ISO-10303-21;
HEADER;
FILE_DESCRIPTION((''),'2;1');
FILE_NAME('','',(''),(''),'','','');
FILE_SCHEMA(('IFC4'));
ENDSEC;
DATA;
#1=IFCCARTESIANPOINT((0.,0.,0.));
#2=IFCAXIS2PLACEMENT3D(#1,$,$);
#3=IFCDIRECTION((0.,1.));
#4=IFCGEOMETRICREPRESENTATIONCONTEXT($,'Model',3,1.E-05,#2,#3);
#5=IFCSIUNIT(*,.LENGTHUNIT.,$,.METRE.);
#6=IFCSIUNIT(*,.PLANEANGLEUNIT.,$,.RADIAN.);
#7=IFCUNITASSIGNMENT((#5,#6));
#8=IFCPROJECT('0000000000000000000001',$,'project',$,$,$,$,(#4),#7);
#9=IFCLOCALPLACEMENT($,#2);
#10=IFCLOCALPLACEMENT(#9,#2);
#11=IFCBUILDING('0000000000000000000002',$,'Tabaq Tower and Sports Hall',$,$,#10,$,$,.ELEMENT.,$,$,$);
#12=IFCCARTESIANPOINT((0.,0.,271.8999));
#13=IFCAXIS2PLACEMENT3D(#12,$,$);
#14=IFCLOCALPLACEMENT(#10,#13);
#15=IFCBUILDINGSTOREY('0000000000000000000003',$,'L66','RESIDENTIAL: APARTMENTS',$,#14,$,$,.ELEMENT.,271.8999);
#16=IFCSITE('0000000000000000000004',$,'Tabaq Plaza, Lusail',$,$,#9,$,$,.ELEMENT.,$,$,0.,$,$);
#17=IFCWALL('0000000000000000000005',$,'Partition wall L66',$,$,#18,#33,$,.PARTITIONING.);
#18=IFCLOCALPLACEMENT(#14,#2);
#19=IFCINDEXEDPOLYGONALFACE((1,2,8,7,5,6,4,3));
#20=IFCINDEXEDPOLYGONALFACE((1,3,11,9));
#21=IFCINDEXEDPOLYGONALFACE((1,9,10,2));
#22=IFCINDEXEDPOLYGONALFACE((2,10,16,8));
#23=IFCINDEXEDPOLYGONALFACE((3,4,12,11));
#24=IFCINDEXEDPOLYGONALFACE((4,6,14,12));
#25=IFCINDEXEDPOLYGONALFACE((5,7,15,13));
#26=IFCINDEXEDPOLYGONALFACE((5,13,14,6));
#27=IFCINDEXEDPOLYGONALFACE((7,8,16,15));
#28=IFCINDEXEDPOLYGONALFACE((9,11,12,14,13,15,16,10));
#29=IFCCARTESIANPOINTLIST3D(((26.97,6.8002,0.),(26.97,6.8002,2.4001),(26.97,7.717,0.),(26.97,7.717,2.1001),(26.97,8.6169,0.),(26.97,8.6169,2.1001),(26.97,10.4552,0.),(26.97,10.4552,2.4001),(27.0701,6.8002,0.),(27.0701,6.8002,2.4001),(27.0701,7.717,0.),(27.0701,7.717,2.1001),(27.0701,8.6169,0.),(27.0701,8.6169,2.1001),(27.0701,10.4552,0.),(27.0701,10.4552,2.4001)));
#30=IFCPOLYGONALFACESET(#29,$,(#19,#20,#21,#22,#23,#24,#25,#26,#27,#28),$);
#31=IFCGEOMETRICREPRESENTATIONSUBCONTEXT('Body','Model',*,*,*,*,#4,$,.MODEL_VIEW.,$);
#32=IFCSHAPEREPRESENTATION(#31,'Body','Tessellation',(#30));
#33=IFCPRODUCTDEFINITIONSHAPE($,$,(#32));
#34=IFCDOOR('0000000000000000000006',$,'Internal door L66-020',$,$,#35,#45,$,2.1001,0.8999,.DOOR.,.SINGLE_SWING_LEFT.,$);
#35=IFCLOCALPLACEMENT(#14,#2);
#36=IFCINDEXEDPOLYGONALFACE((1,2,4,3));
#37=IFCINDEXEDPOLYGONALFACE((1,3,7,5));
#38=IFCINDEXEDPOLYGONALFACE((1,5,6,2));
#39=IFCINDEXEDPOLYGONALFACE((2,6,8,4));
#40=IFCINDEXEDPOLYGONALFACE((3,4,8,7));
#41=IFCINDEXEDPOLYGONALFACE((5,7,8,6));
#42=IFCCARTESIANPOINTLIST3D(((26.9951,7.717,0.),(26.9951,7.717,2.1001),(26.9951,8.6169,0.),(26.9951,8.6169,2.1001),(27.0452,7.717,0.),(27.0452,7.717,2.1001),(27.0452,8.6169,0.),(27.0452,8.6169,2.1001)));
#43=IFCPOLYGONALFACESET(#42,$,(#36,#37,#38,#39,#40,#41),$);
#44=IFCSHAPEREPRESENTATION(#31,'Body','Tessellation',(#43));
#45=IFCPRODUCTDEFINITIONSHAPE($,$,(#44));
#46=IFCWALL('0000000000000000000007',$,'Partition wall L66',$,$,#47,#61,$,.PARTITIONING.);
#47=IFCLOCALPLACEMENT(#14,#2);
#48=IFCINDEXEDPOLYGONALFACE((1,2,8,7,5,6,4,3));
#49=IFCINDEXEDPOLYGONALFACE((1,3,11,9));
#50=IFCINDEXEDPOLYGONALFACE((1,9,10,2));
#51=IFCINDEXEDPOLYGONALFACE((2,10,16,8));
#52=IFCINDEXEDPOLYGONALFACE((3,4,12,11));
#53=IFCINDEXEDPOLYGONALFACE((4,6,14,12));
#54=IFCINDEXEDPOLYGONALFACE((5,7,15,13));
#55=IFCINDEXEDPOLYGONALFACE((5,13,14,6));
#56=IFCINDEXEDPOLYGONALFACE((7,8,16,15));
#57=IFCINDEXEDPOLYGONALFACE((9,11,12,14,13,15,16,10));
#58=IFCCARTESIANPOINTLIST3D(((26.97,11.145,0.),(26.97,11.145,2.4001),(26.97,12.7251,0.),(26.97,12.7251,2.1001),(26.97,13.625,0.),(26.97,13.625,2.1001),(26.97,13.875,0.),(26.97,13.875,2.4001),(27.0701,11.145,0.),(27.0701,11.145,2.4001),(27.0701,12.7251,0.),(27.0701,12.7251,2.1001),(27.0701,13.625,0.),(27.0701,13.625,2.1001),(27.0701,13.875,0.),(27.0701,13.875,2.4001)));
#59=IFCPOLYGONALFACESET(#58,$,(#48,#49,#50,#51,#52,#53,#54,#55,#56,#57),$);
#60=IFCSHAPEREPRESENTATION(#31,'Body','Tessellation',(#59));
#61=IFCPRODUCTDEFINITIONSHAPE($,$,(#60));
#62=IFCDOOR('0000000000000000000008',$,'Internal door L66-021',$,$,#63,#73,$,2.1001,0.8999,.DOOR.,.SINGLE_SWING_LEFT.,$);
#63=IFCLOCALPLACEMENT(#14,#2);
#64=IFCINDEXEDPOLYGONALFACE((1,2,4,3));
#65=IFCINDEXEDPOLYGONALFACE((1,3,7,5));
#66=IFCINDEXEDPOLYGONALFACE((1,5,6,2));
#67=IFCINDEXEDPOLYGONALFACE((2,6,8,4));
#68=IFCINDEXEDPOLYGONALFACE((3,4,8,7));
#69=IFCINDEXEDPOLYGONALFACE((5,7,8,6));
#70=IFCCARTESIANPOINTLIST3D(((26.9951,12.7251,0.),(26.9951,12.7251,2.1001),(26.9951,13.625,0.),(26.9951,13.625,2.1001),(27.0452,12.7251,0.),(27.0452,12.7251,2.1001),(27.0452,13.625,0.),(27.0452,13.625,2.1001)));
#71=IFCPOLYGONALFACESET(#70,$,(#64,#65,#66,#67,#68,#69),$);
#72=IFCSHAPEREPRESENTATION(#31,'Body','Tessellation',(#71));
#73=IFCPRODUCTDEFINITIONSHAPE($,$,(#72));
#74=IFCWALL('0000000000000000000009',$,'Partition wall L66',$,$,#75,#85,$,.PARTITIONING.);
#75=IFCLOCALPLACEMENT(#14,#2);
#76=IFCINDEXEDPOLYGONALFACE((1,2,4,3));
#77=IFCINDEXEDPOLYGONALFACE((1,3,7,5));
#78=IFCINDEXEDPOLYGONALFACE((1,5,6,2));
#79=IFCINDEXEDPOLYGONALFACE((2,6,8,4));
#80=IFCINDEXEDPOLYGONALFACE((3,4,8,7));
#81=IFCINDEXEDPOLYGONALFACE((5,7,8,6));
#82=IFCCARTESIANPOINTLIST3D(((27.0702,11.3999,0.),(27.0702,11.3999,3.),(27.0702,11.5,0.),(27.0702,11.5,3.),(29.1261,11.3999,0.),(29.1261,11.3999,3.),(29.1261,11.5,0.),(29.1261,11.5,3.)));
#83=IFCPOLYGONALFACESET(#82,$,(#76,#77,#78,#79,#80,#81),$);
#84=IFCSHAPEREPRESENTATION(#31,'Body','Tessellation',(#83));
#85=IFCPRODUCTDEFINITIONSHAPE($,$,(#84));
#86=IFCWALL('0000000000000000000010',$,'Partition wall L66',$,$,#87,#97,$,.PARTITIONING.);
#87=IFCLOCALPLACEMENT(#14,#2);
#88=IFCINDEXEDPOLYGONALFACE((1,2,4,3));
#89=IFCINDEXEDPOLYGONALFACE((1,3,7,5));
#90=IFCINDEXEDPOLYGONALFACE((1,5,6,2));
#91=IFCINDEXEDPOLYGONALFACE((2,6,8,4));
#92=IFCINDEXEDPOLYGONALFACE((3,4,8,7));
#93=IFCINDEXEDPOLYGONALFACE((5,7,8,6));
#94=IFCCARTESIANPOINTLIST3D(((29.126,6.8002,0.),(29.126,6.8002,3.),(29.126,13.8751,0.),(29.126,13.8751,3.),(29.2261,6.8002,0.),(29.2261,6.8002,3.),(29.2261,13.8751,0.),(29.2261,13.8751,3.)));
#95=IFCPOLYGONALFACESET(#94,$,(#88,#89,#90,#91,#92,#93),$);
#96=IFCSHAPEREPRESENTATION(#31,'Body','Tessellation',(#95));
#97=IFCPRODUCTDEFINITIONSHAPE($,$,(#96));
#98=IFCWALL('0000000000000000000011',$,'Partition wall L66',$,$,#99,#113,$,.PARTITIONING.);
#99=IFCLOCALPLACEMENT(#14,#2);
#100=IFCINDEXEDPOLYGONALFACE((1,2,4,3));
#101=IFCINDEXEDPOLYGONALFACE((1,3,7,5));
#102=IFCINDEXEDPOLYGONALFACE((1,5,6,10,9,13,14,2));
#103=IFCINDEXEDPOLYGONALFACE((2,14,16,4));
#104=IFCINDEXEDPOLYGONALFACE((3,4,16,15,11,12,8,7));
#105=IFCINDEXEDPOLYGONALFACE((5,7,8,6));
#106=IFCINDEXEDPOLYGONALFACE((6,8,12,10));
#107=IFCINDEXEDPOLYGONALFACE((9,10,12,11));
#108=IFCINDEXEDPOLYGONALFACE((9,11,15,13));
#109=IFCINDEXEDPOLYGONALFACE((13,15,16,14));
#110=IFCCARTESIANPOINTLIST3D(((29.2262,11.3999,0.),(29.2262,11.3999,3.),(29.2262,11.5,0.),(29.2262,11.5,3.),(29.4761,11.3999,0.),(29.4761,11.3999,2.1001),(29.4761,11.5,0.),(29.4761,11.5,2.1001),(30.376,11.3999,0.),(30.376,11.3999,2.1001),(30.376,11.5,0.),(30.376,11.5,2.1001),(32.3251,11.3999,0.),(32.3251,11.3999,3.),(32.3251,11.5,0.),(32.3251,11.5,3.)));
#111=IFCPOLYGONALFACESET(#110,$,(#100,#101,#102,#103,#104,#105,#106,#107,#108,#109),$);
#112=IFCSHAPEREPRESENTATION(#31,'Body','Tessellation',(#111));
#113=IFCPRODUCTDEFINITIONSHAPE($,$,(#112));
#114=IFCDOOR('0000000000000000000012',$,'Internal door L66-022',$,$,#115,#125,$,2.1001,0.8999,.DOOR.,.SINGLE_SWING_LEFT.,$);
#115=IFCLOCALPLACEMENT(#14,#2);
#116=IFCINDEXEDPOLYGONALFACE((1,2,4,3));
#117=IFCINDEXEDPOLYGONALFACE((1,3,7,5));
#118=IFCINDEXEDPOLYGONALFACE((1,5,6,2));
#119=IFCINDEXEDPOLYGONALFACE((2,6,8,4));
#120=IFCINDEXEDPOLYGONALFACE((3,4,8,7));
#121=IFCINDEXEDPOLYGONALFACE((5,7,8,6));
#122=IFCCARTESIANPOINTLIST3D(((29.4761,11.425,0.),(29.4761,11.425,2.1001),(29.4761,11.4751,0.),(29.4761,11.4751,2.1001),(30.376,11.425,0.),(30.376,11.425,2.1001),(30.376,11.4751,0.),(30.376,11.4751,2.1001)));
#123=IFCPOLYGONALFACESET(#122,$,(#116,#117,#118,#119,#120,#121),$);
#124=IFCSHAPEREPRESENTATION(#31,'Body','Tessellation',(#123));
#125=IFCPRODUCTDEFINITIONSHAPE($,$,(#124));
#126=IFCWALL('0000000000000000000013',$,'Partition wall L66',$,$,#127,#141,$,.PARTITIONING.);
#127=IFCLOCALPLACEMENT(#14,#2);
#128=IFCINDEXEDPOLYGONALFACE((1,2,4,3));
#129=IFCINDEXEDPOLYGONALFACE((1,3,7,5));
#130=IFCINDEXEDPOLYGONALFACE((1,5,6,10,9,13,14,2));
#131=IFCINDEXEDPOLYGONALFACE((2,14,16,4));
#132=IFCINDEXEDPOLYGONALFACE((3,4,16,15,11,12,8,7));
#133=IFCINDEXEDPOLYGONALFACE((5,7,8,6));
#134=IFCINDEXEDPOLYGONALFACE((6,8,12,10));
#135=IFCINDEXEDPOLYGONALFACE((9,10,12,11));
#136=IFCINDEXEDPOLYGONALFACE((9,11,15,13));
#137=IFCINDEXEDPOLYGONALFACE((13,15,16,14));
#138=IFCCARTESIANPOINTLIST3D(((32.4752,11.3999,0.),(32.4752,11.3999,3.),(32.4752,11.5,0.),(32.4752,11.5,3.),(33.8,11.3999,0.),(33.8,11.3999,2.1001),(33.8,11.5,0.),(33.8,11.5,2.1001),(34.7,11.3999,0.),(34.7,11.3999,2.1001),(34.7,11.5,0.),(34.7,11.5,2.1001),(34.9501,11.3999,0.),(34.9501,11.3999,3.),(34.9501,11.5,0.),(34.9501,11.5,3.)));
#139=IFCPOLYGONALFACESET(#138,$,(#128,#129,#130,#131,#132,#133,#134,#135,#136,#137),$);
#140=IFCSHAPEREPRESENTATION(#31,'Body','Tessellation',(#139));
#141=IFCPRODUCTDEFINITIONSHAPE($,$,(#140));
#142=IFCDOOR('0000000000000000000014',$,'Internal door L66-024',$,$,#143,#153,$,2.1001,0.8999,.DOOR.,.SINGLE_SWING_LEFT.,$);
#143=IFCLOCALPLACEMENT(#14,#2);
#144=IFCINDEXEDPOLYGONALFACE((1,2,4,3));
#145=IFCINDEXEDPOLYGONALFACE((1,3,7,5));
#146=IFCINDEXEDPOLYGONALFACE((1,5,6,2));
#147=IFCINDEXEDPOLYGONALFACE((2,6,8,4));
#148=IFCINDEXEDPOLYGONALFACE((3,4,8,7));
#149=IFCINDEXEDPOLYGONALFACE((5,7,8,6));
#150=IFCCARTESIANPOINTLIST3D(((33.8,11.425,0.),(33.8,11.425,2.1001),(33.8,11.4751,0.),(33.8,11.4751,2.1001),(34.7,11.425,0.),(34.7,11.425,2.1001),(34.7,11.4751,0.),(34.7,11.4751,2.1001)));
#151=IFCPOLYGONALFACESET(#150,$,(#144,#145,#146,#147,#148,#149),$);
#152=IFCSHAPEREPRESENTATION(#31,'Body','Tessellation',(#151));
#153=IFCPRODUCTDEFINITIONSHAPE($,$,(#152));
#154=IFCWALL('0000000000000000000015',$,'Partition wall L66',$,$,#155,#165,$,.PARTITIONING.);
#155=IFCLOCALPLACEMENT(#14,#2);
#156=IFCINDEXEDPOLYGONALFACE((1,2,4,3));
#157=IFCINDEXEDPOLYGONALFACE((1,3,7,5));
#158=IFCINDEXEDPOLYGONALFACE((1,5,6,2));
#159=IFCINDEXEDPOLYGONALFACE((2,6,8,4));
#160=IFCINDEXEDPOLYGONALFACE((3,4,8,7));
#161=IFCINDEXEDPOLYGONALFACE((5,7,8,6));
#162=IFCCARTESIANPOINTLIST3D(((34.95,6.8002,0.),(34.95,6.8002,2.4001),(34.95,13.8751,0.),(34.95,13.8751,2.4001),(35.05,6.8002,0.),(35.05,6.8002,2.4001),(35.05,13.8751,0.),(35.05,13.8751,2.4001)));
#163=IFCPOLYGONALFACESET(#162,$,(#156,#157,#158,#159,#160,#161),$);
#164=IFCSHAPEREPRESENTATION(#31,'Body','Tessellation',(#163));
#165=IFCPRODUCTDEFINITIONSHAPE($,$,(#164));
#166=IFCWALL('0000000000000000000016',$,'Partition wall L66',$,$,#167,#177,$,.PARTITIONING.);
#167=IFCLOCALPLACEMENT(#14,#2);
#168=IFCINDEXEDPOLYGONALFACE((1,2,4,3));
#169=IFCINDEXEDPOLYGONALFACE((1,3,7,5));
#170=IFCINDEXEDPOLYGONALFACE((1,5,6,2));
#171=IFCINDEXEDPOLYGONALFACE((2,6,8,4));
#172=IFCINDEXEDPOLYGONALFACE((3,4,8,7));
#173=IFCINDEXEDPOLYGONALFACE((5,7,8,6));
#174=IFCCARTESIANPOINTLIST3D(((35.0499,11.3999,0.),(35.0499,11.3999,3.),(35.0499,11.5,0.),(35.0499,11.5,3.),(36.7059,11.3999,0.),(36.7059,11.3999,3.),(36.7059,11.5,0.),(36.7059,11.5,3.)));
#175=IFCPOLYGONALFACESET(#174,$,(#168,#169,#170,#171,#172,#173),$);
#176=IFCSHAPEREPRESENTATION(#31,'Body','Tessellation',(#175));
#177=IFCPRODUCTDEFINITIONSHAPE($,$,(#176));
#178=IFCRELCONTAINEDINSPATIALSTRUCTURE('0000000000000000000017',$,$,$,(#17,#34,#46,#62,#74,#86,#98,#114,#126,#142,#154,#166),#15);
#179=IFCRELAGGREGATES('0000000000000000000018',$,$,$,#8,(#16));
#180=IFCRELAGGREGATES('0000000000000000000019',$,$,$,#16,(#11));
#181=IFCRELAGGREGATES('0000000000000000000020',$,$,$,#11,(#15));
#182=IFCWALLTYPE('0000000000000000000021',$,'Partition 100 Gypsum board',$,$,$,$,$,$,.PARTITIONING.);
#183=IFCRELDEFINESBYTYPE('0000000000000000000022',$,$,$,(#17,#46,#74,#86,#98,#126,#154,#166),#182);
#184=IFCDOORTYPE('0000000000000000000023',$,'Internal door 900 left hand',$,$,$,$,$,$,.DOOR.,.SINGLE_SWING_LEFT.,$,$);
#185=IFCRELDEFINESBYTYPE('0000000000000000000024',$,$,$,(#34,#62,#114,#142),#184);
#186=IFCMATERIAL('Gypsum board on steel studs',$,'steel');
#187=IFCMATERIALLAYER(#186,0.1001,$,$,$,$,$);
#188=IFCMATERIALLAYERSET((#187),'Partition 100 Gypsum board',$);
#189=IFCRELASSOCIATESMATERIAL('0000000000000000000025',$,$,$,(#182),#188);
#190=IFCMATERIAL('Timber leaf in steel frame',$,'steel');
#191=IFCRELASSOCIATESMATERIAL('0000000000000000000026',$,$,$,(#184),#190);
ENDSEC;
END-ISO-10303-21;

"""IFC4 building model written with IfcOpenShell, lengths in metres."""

from ifc_helpers import new_model, si_unit, direction, frame, frame_2d, origin, place, context, subcontext, project, spatial, rectangle, extrude, material, layer, layer_set, type_object, element, fill, save


model = new_model("IFC4")

# Units and contexts
model_context = context("Model", 3, precision=1e-05, world=origin(), true_north=direction((0.0, 1.0)))
body_context = subcontext(model_context, "Body", "Model", "MODEL_VIEW")
ifc_project = project(units=[si_unit("LENGTHUNIT", "METRE"), si_unit("PLANEANGLEUNIT", "RADIAN")], contexts=[model_context])

# Site, building, storey
site_placement = place(None, origin())
site = spatial("IfcSite", under=ifc_project, at=site_placement, Name="Tabaq Plaza, Lusail", CompositionType="ELEMENT", RefElevation=0.0)
building_placement = place(site_placement, origin())
building = spatial("IfcBuilding", under=site, at=building_placement, Name="Tabaq Tower and Sports Hall", CompositionType="ELEMENT")
storey_placement = place(building_placement, frame((0.0, 0.0, 271.8999)))
storey = spatial("IfcBuildingStorey", under=building, at=storey_placement, Name="L66", Description="RESIDENTIAL: APARTMENTS", CompositionType="ELEMENT", Elevation=271.8999)

# Walls, openings, doors
ifc_material_1 = material(Name="Gypsum board on steel studs", Category="steel")
ifc_layer_1 = layer(ifc_material_1, 0.1001)
ifc_layer_set_1 = layer_set([ifc_layer_1], Name="Partition 100 Gypsum board")
wall_type_1 = type_object("IfcWallType", Name="Partition 100 Gypsum board", PredefinedType="PARTITIONING", material=ifc_layer_set_1)
ifc_material_2 = material(Name="Timber leaf in steel frame", Category="steel")
door_type_1 = type_object("IfcDoorType", Name="Internal door 900 left hand", OperationType="SINGLE_SWING_LEFT", PredefinedType="DOOR", material=ifc_material_2)
wall_1_placement = place(storey_placement, frame((27.02, 6.8, 0.0), z_axis=(0.0, 0.0, 1.0), x_axis=(0.0, 1.0, 0.0)))
wall_1 = element("IfcWall", 1, at=wall_1_placement, inside=storey, type_object=wall_type_1, Name="Partition wall L66", PredefinedType="PARTITIONING", context=body_context, shape_type="SweptSolid", body=[
    extrude(rectangle(XDim=3.655, YDim=0.1001, at=frame_2d((1.8276, 0.0))), origin(), (0.0, 0.0, 1.0), 2.4001),
])
opening_1_placement = place(wall_1_placement, frame((0.917, 0.0, 0.0)))
opening_1 = element("IfcOpeningElement", 2, at=opening_1_placement, cuts=wall_1, PredefinedType="OPENING", context=body_context, shape_type="SweptSolid", body=[
    extrude(rectangle(XDim=0.8999, YDim=2.1001, at=frame_2d((0.45, 1.05))), frame((0.0, 0.05, 0.0), z_axis=(0.0, -1.0, 0.0), x_axis=(1.0, 0.0, 0.0)), (0.0, 0.0, 1.0), 0.1001),
])
door_1_placement = place(opening_1_placement, origin())
door_1 = element("IfcDoor", 3, at=door_1_placement, inside=storey, type_object=door_type_1, Name="Internal door L66-020", OperationType="SINGLE_SWING_LEFT", OverallHeight=2.1001, OverallWidth=0.8999, PredefinedType="DOOR", context=body_context, shape_type="SweptSolid", body=[
    extrude(rectangle(XDim=0.8999, YDim=2.1001, at=frame_2d((0.45, 1.05))), frame((0.0, 0.0249, 0.0), z_axis=(0.0, -1.0, 0.0), x_axis=(1.0, 0.0, 0.0)), (0.0, 0.0, 1.0), 0.05),
])
fill(opening_1, door_1)
wall_2_placement = place(storey_placement, frame((27.02, 11.145, 0.0), z_axis=(0.0, 0.0, 1.0), x_axis=(0.0, 1.0, 0.0)))
wall_2 = element("IfcWall", 4, at=wall_2_placement, inside=storey, type_object=wall_type_1, Name="Partition wall L66", PredefinedType="PARTITIONING", context=body_context, shape_type="SweptSolid", body=[
    extrude(rectangle(XDim=2.73, YDim=0.1001, at=frame_2d((1.365, 0.0))), origin(), (0.0, 0.0, 1.0), 2.4001),
])
opening_2_placement = place(wall_2_placement, frame((1.5801, 0.0, 0.0)))
opening_2 = element("IfcOpeningElement", 5, at=opening_2_placement, cuts=wall_2, PredefinedType="OPENING", context=body_context, shape_type="SweptSolid", body=[
    extrude(rectangle(XDim=0.8999, YDim=2.1001, at=frame_2d((0.45, 1.05))), frame((0.0, 0.05, 0.0), z_axis=(0.0, -1.0, 0.0), x_axis=(1.0, 0.0, 0.0)), (0.0, 0.0, 1.0), 0.1001),
])
door_2_placement = place(opening_2_placement, origin())
door_2 = element("IfcDoor", 6, at=door_2_placement, inside=storey, type_object=door_type_1, Name="Internal door L66-021", OperationType="SINGLE_SWING_LEFT", OverallHeight=2.1001, OverallWidth=0.8999, PredefinedType="DOOR", context=body_context, shape_type="SweptSolid", body=[
    extrude(rectangle(XDim=0.8999, YDim=2.1001, at=frame_2d((0.45, 1.05))), frame((0.0, 0.0249, 0.0), z_axis=(0.0, -1.0, 0.0), x_axis=(1.0, 0.0, 0.0)), (0.0, 0.0, 1.0), 0.05),
])
fill(opening_2, door_2)

# Walls
wall_3_placement = place(storey_placement, frame((29.126, 11.45, 0.0), z_axis=(0.0, 0.0, 1.0), x_axis=(-1.0, 0.0, 0.0)))
element("IfcWall", 7, at=wall_3_placement, inside=storey, type_object=wall_type_1, Name="Partition wall L66", PredefinedType="PARTITIONING", context=body_context, shape_type="SweptSolid", body=[
    extrude(rectangle(XDim=2.0559, YDim=0.1001, at=frame_2d((1.0278, 0.0))), origin(), (0.0, 0.0, 1.0), 3.0),
])
wall_4_placement = place(storey_placement, frame((29.176, 6.8, 0.0), z_axis=(0.0, 0.0, 1.0), x_axis=(0.0, 1.0, 0.0)))
element("IfcWall", 8, at=wall_4_placement, inside=storey, type_object=wall_type_1, Name="Partition wall L66", PredefinedType="PARTITIONING", context=body_context, shape_type="SweptSolid", body=[
    extrude(rectangle(XDim=7.075, YDim=0.1001, at=frame_2d((3.5376, 0.0))), origin(), (0.0, 0.0, 1.0), 3.0),
])

# Walls, openings, doors
wall_5_placement = place(storey_placement, frame((32.325, 11.45, 0.0), z_axis=(0.0, 0.0, 1.0), x_axis=(-1.0, 0.0, 0.0)))
wall_5 = element("IfcWall", 9, at=wall_5_placement, inside=storey, type_object=wall_type_1, Name="Partition wall L66", PredefinedType="PARTITIONING", context=body_context, shape_type="SweptSolid", body=[
    extrude(rectangle(XDim=3.0989, YDim=0.1001, at=frame_2d((1.5493, 0.0))), origin(), (0.0, 0.0, 1.0), 3.0),
])
opening_3_placement = place(wall_5_placement, frame((1.949, 0.0, 0.0)))
opening_3 = element("IfcOpeningElement", 10, at=opening_3_placement, cuts=wall_5, PredefinedType="OPENING", context=body_context, shape_type="SweptSolid", body=[
    extrude(rectangle(XDim=0.8999, YDim=2.1001, at=frame_2d((0.45, 1.05))), frame((0.0, 0.05, 0.0), z_axis=(0.0, -1.0, 0.0), x_axis=(1.0, 0.0, 0.0)), (0.0, 0.0, 1.0), 0.1001),
])
door_3_placement = place(opening_3_placement, origin())
door_3 = element("IfcDoor", 11, at=door_3_placement, inside=storey, type_object=door_type_1, Name="Internal door L66-022", OperationType="SINGLE_SWING_LEFT", OverallHeight=2.1001, OverallWidth=0.8999, PredefinedType="DOOR", context=body_context, shape_type="SweptSolid", body=[
    extrude(rectangle(XDim=0.8999, YDim=2.1001, at=frame_2d((0.45, 1.05))), frame((0.0, 0.0249, 0.0), z_axis=(0.0, -1.0, 0.0), x_axis=(1.0, 0.0, 0.0)), (0.0, 0.0, 1.0), 0.05),
])
fill(opening_3, door_3)
wall_6_placement = place(storey_placement, frame((34.95, 11.45, 0.0), z_axis=(0.0, 0.0, 1.0), x_axis=(-1.0, 0.0, 0.0)))
wall_6 = element("IfcWall", 12, at=wall_6_placement, inside=storey, type_object=wall_type_1, Name="Partition wall L66", PredefinedType="PARTITIONING", context=body_context, shape_type="SweptSolid", body=[
    extrude(rectangle(XDim=2.4749, YDim=0.1001, at=frame_2d((1.2373, 0.0))), origin(), (0.0, 0.0, 1.0), 3.0),
])
opening_4_placement = place(wall_6_placement, frame((0.25, 0.0, 0.0)))
opening_4 = element("IfcOpeningElement", 13, at=opening_4_placement, cuts=wall_6, PredefinedType="OPENING", context=body_context, shape_type="SweptSolid", body=[
    extrude(rectangle(XDim=0.8999, YDim=2.1001, at=frame_2d((0.45, 1.05))), frame((0.0, 0.05, 0.0), z_axis=(0.0, -1.0, 0.0), x_axis=(1.0, 0.0, 0.0)), (0.0, 0.0, 1.0), 0.1001),
])
door_4_placement = place(opening_4_placement, origin())
door_4 = element("IfcDoor", 14, at=door_4_placement, inside=storey, type_object=door_type_1, Name="Internal door L66-024", OperationType="SINGLE_SWING_LEFT", OverallHeight=2.1001, OverallWidth=0.8999, PredefinedType="DOOR", context=body_context, shape_type="SweptSolid", body=[
    extrude(rectangle(XDim=0.8999, YDim=2.1001, at=frame_2d((0.45, 1.05))), frame((0.0, 0.0249, 0.0), z_axis=(0.0, -1.0, 0.0), x_axis=(1.0, 0.0, 0.0)), (0.0, 0.0, 1.0), 0.05),
])
fill(opening_4, door_4)

# Walls
wall_7_placement = place(storey_placement, frame((35.0, 6.8, 0.0), z_axis=(0.0, 0.0, 1.0), x_axis=(0.0, 1.0, 0.0)))
element("IfcWall", 15, at=wall_7_placement, inside=storey, type_object=wall_type_1, Name="Partition wall L66", PredefinedType="PARTITIONING", context=body_context, shape_type="SweptSolid", body=[
    extrude(rectangle(XDim=7.075, YDim=0.1001, at=frame_2d((3.5376, 0.0))), origin(), (0.0, 0.0, 1.0), 2.4001),
])
wall_8_placement = place(storey_placement, frame((36.7061, 11.45, 0.0), z_axis=(0.0, 0.0, 1.0), x_axis=(-1.0, 0.0, 0.0)))
element("IfcWall", 16, at=wall_8_placement, inside=storey, type_object=wall_type_1, Name="Partition wall L66", PredefinedType="PARTITIONING", context=body_context, shape_type="SweptSolid", body=[
    extrude(rectangle(XDim=1.656, YDim=0.1001, at=frame_2d((0.8281, 0.0))), origin(), (0.0, 0.0, 1.0), 3.0),
])

save(model, "model.ifc")
